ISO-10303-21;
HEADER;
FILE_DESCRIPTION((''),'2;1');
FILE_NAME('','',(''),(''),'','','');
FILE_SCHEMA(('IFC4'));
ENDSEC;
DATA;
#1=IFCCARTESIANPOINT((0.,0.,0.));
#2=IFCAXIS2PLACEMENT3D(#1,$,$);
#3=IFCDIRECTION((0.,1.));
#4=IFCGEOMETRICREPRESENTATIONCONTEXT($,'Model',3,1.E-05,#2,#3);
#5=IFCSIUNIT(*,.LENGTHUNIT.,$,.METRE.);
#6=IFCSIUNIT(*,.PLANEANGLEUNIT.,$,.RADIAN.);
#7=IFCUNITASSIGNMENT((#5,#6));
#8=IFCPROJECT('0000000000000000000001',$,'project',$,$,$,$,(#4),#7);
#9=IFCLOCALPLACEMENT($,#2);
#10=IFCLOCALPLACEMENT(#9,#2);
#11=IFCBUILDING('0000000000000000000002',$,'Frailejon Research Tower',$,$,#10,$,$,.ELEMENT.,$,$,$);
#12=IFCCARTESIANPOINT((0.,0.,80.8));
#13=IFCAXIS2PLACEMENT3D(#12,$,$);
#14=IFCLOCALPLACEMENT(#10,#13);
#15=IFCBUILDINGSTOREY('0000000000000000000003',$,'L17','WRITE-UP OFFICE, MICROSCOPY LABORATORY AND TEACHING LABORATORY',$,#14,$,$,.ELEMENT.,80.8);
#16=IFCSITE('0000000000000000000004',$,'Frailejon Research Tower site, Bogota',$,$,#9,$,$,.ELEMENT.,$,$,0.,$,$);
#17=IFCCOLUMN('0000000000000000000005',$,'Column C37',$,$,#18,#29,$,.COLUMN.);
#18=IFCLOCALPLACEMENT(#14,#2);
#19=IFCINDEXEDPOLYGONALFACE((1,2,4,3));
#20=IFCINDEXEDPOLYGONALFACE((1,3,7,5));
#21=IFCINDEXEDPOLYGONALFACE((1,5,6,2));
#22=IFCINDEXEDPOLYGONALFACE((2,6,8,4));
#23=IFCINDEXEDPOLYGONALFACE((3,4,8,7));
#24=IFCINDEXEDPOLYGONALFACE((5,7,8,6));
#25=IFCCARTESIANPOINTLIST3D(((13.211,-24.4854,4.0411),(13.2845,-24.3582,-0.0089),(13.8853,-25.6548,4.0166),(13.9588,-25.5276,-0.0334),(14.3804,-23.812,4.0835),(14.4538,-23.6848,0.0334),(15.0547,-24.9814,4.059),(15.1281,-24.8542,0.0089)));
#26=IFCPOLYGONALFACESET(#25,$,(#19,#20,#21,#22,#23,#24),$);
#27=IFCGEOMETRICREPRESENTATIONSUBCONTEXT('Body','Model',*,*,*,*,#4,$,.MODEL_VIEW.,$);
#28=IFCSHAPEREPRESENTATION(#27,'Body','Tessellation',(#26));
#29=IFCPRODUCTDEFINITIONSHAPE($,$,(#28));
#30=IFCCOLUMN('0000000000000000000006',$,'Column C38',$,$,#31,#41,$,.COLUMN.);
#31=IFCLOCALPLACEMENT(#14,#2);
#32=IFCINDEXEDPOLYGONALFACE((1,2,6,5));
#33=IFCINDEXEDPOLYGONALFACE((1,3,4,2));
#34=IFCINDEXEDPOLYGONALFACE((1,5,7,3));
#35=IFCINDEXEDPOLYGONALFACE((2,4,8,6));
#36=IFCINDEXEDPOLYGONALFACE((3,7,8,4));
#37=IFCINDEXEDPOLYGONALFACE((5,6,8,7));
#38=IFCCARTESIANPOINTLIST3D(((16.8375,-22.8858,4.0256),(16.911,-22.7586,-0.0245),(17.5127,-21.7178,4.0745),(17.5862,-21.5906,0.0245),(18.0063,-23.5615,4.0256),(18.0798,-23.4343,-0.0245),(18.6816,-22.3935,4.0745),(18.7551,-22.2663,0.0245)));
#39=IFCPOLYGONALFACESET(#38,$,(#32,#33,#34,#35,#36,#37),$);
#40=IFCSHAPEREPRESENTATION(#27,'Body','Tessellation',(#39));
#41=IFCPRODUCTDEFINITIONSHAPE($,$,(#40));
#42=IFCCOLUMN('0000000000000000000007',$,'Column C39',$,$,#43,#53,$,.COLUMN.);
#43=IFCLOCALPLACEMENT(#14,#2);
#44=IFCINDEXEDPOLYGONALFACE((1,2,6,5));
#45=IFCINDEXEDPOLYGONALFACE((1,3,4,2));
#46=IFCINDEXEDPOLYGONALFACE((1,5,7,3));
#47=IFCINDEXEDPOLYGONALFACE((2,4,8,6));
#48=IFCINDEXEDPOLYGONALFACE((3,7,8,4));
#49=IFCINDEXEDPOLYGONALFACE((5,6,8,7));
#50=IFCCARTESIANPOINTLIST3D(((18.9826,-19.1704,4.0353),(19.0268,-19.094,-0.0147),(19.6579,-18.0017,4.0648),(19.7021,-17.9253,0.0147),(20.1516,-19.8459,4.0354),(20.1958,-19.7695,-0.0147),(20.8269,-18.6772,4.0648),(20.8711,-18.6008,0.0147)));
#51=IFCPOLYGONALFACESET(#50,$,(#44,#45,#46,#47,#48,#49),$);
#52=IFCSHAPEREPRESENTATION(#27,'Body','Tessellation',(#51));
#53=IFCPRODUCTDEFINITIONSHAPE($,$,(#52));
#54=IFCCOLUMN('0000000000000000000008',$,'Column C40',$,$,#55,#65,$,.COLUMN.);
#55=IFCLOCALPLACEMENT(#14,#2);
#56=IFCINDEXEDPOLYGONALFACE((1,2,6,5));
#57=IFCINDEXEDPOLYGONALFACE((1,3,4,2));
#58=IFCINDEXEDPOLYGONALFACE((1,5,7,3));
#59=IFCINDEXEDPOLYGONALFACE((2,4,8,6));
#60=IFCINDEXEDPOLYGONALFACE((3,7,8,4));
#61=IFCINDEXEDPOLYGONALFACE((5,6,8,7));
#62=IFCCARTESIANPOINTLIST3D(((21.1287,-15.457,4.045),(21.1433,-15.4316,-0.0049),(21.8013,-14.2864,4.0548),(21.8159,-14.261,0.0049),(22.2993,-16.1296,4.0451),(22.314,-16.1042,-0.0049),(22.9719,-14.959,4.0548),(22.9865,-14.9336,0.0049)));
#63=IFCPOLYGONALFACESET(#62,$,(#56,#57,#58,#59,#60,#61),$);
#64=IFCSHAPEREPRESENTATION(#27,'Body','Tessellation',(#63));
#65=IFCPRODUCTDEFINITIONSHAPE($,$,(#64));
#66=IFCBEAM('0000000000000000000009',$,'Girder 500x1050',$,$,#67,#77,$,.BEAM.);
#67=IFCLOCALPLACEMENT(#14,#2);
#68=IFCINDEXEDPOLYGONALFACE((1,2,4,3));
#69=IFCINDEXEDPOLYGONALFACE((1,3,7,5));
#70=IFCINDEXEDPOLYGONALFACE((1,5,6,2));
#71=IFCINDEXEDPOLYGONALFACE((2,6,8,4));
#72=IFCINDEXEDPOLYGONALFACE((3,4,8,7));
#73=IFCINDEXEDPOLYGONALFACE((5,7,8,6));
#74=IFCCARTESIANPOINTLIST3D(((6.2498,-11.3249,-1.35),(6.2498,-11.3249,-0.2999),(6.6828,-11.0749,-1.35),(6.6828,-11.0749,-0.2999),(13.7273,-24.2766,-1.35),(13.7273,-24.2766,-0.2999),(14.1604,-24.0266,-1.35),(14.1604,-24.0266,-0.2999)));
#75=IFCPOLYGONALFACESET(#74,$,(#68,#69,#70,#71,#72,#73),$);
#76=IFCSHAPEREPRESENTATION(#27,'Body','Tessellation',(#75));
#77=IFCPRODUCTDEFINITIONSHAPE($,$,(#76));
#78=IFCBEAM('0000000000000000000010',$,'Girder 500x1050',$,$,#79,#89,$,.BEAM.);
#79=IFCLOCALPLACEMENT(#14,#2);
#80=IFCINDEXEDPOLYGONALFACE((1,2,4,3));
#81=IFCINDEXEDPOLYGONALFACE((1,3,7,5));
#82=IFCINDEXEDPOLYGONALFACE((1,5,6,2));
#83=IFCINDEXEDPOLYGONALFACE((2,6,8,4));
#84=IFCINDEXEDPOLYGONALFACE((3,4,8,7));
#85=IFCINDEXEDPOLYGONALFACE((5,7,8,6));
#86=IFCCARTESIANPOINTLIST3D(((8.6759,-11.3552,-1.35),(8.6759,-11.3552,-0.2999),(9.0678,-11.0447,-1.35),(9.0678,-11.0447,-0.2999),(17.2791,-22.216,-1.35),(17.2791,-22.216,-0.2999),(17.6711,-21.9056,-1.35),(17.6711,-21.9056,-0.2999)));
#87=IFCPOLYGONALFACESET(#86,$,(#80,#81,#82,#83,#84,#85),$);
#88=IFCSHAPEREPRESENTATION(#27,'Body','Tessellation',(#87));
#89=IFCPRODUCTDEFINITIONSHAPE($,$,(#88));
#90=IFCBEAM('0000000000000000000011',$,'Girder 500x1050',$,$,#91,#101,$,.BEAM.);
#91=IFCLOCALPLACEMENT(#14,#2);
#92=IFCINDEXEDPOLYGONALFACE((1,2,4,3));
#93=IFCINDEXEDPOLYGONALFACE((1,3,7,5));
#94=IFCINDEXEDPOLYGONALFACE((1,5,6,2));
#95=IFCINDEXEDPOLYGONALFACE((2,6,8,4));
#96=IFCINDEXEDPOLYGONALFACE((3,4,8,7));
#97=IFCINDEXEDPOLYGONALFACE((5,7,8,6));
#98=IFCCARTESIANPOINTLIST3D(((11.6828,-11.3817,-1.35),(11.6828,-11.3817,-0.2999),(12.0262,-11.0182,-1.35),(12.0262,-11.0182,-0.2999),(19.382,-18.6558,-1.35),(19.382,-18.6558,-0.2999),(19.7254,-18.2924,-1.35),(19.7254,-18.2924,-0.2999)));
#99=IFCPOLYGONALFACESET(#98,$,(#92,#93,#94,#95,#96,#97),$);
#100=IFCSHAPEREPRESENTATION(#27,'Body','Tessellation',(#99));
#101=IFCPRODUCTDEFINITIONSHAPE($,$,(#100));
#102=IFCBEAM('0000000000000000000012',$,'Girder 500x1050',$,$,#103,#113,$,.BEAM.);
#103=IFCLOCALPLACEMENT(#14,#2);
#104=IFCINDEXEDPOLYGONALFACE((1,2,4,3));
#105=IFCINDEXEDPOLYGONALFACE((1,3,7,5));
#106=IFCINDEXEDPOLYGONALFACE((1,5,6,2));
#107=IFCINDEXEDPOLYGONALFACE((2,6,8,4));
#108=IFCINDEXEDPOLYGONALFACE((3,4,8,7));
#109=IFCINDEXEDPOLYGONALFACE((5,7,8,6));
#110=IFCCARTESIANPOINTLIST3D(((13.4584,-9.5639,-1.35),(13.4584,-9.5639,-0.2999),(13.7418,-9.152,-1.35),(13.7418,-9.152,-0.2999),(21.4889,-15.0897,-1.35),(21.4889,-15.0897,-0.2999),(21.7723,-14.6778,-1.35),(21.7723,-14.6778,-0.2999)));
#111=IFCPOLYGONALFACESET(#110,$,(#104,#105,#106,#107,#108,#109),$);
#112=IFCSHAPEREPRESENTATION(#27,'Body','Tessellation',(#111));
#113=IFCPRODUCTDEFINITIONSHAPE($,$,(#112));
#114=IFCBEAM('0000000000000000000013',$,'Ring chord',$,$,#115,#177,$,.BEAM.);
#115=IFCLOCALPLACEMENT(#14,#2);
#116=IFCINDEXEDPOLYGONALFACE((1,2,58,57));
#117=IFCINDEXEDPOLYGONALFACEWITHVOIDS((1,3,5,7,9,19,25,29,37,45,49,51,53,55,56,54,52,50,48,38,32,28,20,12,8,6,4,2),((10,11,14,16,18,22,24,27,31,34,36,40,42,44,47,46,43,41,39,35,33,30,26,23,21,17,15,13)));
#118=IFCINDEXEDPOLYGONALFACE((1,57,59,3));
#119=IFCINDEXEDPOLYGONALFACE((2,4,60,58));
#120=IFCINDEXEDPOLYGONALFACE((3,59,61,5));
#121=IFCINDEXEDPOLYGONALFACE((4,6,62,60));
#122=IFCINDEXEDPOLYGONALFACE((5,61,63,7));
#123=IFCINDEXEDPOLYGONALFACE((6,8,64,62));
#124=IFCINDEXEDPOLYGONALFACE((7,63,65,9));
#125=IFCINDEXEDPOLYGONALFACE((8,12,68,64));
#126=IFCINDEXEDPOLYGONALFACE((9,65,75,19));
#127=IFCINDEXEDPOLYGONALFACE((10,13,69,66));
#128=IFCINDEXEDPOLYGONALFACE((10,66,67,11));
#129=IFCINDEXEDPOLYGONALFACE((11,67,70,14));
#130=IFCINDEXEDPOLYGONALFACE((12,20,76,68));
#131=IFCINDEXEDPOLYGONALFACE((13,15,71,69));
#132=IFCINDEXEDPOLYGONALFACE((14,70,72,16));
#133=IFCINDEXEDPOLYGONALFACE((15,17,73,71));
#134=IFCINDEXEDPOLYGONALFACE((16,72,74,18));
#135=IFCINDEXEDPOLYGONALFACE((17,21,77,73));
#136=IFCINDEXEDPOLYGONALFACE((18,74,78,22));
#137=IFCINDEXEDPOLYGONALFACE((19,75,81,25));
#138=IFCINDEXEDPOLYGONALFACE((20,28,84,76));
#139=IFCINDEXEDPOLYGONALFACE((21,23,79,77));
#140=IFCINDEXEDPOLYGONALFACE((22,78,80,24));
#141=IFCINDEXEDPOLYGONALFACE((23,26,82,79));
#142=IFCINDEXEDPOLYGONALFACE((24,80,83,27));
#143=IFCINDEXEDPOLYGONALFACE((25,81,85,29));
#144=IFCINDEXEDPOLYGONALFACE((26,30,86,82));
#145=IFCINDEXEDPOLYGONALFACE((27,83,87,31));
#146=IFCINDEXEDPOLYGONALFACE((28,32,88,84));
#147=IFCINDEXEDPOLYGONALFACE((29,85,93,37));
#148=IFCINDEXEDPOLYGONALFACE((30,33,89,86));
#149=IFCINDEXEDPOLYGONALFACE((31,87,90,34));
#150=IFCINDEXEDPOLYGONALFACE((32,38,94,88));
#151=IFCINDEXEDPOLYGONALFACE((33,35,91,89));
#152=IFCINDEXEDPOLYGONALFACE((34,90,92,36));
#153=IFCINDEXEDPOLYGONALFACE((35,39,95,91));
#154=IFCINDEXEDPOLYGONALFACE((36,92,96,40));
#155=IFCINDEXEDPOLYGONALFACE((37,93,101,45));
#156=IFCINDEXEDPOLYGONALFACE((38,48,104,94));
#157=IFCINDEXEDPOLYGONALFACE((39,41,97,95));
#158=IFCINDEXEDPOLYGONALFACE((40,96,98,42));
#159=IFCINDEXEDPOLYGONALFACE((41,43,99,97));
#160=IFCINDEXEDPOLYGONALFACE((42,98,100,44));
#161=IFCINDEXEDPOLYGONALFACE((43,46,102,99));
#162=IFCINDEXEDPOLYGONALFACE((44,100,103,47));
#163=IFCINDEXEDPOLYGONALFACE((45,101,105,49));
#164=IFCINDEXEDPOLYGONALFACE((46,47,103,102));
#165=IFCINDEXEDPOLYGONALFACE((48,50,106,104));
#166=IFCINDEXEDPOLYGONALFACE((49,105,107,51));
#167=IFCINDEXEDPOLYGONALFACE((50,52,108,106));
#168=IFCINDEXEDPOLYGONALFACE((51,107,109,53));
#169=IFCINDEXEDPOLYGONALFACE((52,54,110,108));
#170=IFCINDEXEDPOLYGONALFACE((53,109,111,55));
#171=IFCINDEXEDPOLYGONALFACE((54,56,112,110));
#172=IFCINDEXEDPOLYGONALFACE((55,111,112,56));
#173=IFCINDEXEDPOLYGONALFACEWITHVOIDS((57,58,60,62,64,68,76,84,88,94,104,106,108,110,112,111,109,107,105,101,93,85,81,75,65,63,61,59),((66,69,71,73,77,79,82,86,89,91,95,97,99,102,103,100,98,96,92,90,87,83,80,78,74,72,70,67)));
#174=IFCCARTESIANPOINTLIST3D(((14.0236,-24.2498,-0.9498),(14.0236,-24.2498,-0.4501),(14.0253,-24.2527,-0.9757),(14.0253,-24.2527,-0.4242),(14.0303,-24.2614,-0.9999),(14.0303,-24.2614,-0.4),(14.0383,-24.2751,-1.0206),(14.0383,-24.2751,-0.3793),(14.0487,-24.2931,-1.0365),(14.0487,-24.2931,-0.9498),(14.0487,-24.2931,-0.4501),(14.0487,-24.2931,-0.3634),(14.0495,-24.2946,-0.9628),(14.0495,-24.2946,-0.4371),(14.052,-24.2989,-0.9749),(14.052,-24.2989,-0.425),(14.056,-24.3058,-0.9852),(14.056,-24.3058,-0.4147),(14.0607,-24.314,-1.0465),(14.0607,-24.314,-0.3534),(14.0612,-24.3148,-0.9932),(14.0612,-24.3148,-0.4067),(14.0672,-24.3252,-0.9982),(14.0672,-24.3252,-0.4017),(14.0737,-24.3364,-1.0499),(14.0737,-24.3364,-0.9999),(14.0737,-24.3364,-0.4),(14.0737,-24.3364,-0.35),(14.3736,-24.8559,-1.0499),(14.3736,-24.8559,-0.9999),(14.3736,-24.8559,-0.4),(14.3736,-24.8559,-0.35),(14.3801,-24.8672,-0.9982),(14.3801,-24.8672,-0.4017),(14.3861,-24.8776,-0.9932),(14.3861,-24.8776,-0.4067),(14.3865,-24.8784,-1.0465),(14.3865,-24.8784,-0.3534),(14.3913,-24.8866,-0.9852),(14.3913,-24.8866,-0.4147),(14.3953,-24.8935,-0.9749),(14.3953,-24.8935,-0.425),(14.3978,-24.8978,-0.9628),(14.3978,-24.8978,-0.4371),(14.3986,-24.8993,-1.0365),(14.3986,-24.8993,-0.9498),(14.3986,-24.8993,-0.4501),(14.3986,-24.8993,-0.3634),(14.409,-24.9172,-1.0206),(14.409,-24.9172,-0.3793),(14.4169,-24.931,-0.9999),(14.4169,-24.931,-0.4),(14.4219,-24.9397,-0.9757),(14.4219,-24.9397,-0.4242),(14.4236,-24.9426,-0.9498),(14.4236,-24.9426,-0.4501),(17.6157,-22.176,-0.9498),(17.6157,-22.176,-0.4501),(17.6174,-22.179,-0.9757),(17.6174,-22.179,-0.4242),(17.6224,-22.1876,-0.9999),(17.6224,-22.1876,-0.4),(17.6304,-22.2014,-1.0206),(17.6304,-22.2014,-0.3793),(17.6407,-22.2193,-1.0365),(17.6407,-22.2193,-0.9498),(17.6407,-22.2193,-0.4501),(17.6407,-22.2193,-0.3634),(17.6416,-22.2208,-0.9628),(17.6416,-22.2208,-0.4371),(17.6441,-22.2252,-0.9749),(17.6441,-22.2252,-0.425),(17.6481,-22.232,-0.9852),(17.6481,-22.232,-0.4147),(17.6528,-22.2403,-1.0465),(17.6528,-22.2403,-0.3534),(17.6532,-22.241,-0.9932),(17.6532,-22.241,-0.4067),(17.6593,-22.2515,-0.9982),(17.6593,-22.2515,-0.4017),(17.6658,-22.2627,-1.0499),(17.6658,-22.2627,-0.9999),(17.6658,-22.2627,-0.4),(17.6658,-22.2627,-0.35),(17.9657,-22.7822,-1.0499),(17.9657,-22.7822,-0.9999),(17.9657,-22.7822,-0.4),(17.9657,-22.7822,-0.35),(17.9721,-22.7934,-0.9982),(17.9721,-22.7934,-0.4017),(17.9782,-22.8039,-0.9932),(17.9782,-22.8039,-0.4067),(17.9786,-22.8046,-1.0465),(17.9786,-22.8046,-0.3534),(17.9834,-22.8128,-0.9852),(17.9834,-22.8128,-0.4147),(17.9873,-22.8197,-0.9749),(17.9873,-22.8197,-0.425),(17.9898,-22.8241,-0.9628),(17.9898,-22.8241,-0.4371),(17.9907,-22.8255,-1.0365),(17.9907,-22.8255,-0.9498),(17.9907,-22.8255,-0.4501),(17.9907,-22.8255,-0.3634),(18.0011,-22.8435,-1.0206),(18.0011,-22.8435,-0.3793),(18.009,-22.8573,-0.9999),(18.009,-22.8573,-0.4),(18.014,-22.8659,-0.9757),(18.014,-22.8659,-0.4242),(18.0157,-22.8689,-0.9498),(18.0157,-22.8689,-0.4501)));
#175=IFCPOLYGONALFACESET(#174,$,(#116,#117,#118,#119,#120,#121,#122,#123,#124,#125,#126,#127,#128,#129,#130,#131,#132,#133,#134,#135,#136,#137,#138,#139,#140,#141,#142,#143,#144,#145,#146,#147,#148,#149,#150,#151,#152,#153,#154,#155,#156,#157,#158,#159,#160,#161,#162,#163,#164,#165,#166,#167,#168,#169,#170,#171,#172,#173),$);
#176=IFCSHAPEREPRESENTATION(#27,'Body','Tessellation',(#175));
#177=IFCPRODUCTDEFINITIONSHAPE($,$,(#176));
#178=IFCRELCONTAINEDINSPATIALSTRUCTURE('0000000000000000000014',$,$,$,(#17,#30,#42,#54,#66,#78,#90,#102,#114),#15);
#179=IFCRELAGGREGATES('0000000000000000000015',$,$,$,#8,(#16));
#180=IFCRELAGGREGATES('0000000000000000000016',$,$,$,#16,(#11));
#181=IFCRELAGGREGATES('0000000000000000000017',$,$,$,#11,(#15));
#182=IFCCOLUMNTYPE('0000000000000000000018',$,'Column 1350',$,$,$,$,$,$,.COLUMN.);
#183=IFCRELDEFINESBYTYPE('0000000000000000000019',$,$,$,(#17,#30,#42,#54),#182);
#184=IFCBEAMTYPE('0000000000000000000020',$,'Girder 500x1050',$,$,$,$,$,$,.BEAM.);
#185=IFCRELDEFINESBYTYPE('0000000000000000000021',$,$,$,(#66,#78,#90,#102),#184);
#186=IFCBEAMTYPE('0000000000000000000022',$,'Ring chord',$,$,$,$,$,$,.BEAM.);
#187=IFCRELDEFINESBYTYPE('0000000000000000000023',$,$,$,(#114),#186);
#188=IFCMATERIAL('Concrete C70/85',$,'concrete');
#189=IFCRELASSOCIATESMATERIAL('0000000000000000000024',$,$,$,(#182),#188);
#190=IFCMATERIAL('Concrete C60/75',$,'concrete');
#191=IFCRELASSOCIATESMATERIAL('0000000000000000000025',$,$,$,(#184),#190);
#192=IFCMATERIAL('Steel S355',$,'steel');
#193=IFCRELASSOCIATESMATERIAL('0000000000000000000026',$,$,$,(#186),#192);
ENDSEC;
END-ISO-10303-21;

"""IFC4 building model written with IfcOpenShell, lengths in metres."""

from ifc_helpers import new_model, si_unit, direction, frame, origin, origin_2d, place, context, subcontext, project, spatial, rectangle, hollow_rectangle, extrude, material, material_profile, profile_set, type_object, element, save


model = new_model("IFC4")

# Units and contexts
model_context = context("Model", 3, precision=1e-05, world=origin(), true_north=direction((0.0, 1.0)))
body_context = subcontext(model_context, "Body", "Model", "MODEL_VIEW")
ifc_project = project(units=[si_unit("LENGTHUNIT", "METRE"), si_unit("PLANEANGLEUNIT", "RADIAN")], contexts=[model_context])

# Site, building, storey
site_placement = place(None, origin())
site = spatial("IfcSite", under=ifc_project, at=site_placement, Name="Frailejon Research Tower site, Bogota", CompositionType="ELEMENT", RefElevation=0.0)
building_placement = place(site_placement, origin())
building = spatial("IfcBuilding", under=site, at=building_placement, Name="Frailejon Research Tower", CompositionType="ELEMENT")
storey_placement = place(building_placement, frame((0.0, 0.0, 80.8)))
storey = spatial("IfcBuildingStorey", under=building, at=storey_placement, Name="L17", Description="WRITE-UP OFFICE, MICROSCOPY LABORATORY AND TEACHING LABORATORY", CompositionType="ELEMENT", Elevation=80.8)

# Columns
ifc_material_1 = material(Name="Concrete C70/85", Category="concrete")
ifc_material_profile_1 = material_profile(ifc_material_1, rectangle(XDim=1.3501, YDim=1.3501, at=origin_2d()), Name="Column 1350")
ifc_profile_set_1 = profile_set([ifc_material_profile_1], Name="Concrete C70/85")
column_type = type_object("IfcColumnType", Name="Column 1350", PredefinedType="COLUMN", material=ifc_profile_set_1)
for number, where, z_axis, x_axis, name in (
    (1, (14.2063, -24.6062, 0.0), (-0.018133, -0.031386, 0.999343), (0.866156, 0.498787, 0.031381), "Column C37"),
    (2, (17.833, -22.5125, 0.0), (-0.018133, -0.031386, 0.999343), (0.500145, 0.865183, 0.036247), "Column C38"),
):
    element("IfcColumn", number, at=place(storey_placement, frame(where, z_axis=z_axis, x_axis=x_axis)), inside=storey, type_object=column_type, Name=name, PredefinedType="COLUMN", context=body_context, shape_type="SweptSolid", body=[
        extrude(rectangle(XDim=1.3501, YDim=1.3501, at=origin_2d()), origin(), (0.0, 0.0, 1.0), 4.0527),
    ])
column_1_placement = place(storey_placement, frame((19.949, -18.8474, 0.0), z_axis=(-0.010908, -0.018863, 0.999763), x_axis=(0.500187, 0.865643, 0.02179)))
element("IfcColumn", 3, at=column_1_placement, inside=storey, type_object=column_type, Name="Column C39", PredefinedType="COLUMN", context=body_context, shape_type="SweptSolid", body=[
    extrude(rectangle(XDim=1.3501, YDim=1.3501, at=origin_2d()), origin(), (0.0, 0.0, 1.0), 4.051),
])
column_2_placement = place(storey_placement, frame((22.0649, -15.1826, 0.0), z_axis=(-0.003617, -0.006269, 0.999974), x_axis=(0.498177, 0.867045, 0.007238)))
element("IfcColumn", 4, at=column_2_placement, inside=storey, type_object=column_type, Name="Column C40", PredefinedType="COLUMN", context=body_context, shape_type="SweptSolid", body=[
    extrude(rectangle(XDim=1.3501, YDim=1.3501, at=origin_2d()), origin(), (0.0, 0.0, 1.0), 4.05),
])

# Beams
ifc_material_2 = material(Name="Concrete C60/75", Category="concrete")
ifc_material_profile_2 = material_profile(ifc_material_2, rectangle(XDim=0.5, YDim=1.05, at=origin_2d()), Name="Girder 500x1050")
ifc_profile_set_2 = profile_set([ifc_material_profile_2], Name="Concrete C60/75")
beam_type_1 = type_object("IfcBeamType", Name="Girder 500x1050", PredefinedType="BEAM", material=ifc_profile_set_2)
beam_1_placement = place(storey_placement, frame((13.9438, -24.1516, -0.825), z_axis=(-0.499995, 0.866028, 0.0), x_axis=(-0.866028, -0.499995, 0.0)))
element("IfcBeam", 5, at=beam_1_placement, inside=storey, type_object=beam_type_1, Name="Girder 500x1050", PredefinedType="BEAM", context=body_context, shape_type="SweptSolid", body=[
    extrude(rectangle(XDim=0.5, YDim=1.05, at=origin_2d()), origin(), (0.0, 0.0, 1.0), 14.9553),
])
beam_2_placement = place(storey_placement, frame((17.4751, -22.0608, -0.825), z_axis=(-0.620929, 0.783866, 0.0), x_axis=(-0.783866, -0.620929, 0.0)))
element("IfcBeam", 6, at=beam_2_placement, inside=storey, type_object=beam_type_1, Name="Girder 500x1050", PredefinedType="BEAM", context=body_context, shape_type="SweptSolid", body=[
    extrude(rectangle(XDim=0.5, YDim=1.05, at=origin_2d()), origin(), (0.0, 0.0, 1.0), 13.8555),
])
beam_3_placement = place(storey_placement, frame((19.5537, -18.4741, -0.825), z_axis=(-0.726887, 0.686758, 0.0), x_axis=(-0.686758, -0.726887, 0.0)))
element("IfcBeam", 7, at=beam_3_placement, inside=storey, type_object=beam_type_1, Name="Girder 500x1050", PredefinedType="BEAM", context=body_context, shape_type="SweptSolid", body=[
    extrude(rectangle(XDim=0.5, YDim=1.05, at=origin_2d()), origin(), (0.0, 0.0, 1.0), 10.592),
])
beam_4_placement = place(storey_placement, frame((21.6306, -14.8838, -0.825), z_axis=(-0.823807, 0.56687, 0.0), x_axis=(-0.56687, -0.823807, 0.0)))
element("IfcBeam", 8, at=beam_4_placement, inside=storey, type_object=beam_type_1, Name="Girder 500x1050", PredefinedType="BEAM", context=body_context, shape_type="SweptSolid", body=[
    extrude(rectangle(XDim=0.5, YDim=1.05, at=origin_2d()), origin(), (0.0, 0.0, 1.0), 9.748),
])
ifc_material_3 = material(Name="Steel S355", Category="steel")
ifc_material_profile_3 = material_profile(ifc_material_3, hollow_rectangle(XDim=0.8, YDim=0.7, WallThickness=0.05, InnerFilletRadius=0.05, OuterFilletRadius=0.1001, at=origin_2d()), Name="Ring chord")
ifc_profile_set_3 = profile_set([ifc_material_profile_3], Name="Steel S355")
beam_type_2 = type_object("IfcBeamType", Name="Ring chord", PredefinedType="BEAM", material=ifc_profile_set_3)
beam_5_placement = place(storey_placement, frame((14.2236, -24.5962, -0.7), z_axis=(0.86604, 0.499976, 0.0), x_axis=(-0.499976, 0.86604, 0.0)))
element("IfcBeam", 9, at=beam_5_placement, inside=storey, type_object=beam_type_2, Name="Ring chord", PredefinedType="BEAM", context=body_context, shape_type="SweptSolid", body=[
    extrude(hollow_rectangle(XDim=0.8, YDim=0.7, WallThickness=0.05, InnerFilletRadius=0.05, OuterFilletRadius=0.1001, at=origin_2d()), origin(), (0.0, 0.0, 1.0), 4.1477),
])

save(model, "model.ifc")
